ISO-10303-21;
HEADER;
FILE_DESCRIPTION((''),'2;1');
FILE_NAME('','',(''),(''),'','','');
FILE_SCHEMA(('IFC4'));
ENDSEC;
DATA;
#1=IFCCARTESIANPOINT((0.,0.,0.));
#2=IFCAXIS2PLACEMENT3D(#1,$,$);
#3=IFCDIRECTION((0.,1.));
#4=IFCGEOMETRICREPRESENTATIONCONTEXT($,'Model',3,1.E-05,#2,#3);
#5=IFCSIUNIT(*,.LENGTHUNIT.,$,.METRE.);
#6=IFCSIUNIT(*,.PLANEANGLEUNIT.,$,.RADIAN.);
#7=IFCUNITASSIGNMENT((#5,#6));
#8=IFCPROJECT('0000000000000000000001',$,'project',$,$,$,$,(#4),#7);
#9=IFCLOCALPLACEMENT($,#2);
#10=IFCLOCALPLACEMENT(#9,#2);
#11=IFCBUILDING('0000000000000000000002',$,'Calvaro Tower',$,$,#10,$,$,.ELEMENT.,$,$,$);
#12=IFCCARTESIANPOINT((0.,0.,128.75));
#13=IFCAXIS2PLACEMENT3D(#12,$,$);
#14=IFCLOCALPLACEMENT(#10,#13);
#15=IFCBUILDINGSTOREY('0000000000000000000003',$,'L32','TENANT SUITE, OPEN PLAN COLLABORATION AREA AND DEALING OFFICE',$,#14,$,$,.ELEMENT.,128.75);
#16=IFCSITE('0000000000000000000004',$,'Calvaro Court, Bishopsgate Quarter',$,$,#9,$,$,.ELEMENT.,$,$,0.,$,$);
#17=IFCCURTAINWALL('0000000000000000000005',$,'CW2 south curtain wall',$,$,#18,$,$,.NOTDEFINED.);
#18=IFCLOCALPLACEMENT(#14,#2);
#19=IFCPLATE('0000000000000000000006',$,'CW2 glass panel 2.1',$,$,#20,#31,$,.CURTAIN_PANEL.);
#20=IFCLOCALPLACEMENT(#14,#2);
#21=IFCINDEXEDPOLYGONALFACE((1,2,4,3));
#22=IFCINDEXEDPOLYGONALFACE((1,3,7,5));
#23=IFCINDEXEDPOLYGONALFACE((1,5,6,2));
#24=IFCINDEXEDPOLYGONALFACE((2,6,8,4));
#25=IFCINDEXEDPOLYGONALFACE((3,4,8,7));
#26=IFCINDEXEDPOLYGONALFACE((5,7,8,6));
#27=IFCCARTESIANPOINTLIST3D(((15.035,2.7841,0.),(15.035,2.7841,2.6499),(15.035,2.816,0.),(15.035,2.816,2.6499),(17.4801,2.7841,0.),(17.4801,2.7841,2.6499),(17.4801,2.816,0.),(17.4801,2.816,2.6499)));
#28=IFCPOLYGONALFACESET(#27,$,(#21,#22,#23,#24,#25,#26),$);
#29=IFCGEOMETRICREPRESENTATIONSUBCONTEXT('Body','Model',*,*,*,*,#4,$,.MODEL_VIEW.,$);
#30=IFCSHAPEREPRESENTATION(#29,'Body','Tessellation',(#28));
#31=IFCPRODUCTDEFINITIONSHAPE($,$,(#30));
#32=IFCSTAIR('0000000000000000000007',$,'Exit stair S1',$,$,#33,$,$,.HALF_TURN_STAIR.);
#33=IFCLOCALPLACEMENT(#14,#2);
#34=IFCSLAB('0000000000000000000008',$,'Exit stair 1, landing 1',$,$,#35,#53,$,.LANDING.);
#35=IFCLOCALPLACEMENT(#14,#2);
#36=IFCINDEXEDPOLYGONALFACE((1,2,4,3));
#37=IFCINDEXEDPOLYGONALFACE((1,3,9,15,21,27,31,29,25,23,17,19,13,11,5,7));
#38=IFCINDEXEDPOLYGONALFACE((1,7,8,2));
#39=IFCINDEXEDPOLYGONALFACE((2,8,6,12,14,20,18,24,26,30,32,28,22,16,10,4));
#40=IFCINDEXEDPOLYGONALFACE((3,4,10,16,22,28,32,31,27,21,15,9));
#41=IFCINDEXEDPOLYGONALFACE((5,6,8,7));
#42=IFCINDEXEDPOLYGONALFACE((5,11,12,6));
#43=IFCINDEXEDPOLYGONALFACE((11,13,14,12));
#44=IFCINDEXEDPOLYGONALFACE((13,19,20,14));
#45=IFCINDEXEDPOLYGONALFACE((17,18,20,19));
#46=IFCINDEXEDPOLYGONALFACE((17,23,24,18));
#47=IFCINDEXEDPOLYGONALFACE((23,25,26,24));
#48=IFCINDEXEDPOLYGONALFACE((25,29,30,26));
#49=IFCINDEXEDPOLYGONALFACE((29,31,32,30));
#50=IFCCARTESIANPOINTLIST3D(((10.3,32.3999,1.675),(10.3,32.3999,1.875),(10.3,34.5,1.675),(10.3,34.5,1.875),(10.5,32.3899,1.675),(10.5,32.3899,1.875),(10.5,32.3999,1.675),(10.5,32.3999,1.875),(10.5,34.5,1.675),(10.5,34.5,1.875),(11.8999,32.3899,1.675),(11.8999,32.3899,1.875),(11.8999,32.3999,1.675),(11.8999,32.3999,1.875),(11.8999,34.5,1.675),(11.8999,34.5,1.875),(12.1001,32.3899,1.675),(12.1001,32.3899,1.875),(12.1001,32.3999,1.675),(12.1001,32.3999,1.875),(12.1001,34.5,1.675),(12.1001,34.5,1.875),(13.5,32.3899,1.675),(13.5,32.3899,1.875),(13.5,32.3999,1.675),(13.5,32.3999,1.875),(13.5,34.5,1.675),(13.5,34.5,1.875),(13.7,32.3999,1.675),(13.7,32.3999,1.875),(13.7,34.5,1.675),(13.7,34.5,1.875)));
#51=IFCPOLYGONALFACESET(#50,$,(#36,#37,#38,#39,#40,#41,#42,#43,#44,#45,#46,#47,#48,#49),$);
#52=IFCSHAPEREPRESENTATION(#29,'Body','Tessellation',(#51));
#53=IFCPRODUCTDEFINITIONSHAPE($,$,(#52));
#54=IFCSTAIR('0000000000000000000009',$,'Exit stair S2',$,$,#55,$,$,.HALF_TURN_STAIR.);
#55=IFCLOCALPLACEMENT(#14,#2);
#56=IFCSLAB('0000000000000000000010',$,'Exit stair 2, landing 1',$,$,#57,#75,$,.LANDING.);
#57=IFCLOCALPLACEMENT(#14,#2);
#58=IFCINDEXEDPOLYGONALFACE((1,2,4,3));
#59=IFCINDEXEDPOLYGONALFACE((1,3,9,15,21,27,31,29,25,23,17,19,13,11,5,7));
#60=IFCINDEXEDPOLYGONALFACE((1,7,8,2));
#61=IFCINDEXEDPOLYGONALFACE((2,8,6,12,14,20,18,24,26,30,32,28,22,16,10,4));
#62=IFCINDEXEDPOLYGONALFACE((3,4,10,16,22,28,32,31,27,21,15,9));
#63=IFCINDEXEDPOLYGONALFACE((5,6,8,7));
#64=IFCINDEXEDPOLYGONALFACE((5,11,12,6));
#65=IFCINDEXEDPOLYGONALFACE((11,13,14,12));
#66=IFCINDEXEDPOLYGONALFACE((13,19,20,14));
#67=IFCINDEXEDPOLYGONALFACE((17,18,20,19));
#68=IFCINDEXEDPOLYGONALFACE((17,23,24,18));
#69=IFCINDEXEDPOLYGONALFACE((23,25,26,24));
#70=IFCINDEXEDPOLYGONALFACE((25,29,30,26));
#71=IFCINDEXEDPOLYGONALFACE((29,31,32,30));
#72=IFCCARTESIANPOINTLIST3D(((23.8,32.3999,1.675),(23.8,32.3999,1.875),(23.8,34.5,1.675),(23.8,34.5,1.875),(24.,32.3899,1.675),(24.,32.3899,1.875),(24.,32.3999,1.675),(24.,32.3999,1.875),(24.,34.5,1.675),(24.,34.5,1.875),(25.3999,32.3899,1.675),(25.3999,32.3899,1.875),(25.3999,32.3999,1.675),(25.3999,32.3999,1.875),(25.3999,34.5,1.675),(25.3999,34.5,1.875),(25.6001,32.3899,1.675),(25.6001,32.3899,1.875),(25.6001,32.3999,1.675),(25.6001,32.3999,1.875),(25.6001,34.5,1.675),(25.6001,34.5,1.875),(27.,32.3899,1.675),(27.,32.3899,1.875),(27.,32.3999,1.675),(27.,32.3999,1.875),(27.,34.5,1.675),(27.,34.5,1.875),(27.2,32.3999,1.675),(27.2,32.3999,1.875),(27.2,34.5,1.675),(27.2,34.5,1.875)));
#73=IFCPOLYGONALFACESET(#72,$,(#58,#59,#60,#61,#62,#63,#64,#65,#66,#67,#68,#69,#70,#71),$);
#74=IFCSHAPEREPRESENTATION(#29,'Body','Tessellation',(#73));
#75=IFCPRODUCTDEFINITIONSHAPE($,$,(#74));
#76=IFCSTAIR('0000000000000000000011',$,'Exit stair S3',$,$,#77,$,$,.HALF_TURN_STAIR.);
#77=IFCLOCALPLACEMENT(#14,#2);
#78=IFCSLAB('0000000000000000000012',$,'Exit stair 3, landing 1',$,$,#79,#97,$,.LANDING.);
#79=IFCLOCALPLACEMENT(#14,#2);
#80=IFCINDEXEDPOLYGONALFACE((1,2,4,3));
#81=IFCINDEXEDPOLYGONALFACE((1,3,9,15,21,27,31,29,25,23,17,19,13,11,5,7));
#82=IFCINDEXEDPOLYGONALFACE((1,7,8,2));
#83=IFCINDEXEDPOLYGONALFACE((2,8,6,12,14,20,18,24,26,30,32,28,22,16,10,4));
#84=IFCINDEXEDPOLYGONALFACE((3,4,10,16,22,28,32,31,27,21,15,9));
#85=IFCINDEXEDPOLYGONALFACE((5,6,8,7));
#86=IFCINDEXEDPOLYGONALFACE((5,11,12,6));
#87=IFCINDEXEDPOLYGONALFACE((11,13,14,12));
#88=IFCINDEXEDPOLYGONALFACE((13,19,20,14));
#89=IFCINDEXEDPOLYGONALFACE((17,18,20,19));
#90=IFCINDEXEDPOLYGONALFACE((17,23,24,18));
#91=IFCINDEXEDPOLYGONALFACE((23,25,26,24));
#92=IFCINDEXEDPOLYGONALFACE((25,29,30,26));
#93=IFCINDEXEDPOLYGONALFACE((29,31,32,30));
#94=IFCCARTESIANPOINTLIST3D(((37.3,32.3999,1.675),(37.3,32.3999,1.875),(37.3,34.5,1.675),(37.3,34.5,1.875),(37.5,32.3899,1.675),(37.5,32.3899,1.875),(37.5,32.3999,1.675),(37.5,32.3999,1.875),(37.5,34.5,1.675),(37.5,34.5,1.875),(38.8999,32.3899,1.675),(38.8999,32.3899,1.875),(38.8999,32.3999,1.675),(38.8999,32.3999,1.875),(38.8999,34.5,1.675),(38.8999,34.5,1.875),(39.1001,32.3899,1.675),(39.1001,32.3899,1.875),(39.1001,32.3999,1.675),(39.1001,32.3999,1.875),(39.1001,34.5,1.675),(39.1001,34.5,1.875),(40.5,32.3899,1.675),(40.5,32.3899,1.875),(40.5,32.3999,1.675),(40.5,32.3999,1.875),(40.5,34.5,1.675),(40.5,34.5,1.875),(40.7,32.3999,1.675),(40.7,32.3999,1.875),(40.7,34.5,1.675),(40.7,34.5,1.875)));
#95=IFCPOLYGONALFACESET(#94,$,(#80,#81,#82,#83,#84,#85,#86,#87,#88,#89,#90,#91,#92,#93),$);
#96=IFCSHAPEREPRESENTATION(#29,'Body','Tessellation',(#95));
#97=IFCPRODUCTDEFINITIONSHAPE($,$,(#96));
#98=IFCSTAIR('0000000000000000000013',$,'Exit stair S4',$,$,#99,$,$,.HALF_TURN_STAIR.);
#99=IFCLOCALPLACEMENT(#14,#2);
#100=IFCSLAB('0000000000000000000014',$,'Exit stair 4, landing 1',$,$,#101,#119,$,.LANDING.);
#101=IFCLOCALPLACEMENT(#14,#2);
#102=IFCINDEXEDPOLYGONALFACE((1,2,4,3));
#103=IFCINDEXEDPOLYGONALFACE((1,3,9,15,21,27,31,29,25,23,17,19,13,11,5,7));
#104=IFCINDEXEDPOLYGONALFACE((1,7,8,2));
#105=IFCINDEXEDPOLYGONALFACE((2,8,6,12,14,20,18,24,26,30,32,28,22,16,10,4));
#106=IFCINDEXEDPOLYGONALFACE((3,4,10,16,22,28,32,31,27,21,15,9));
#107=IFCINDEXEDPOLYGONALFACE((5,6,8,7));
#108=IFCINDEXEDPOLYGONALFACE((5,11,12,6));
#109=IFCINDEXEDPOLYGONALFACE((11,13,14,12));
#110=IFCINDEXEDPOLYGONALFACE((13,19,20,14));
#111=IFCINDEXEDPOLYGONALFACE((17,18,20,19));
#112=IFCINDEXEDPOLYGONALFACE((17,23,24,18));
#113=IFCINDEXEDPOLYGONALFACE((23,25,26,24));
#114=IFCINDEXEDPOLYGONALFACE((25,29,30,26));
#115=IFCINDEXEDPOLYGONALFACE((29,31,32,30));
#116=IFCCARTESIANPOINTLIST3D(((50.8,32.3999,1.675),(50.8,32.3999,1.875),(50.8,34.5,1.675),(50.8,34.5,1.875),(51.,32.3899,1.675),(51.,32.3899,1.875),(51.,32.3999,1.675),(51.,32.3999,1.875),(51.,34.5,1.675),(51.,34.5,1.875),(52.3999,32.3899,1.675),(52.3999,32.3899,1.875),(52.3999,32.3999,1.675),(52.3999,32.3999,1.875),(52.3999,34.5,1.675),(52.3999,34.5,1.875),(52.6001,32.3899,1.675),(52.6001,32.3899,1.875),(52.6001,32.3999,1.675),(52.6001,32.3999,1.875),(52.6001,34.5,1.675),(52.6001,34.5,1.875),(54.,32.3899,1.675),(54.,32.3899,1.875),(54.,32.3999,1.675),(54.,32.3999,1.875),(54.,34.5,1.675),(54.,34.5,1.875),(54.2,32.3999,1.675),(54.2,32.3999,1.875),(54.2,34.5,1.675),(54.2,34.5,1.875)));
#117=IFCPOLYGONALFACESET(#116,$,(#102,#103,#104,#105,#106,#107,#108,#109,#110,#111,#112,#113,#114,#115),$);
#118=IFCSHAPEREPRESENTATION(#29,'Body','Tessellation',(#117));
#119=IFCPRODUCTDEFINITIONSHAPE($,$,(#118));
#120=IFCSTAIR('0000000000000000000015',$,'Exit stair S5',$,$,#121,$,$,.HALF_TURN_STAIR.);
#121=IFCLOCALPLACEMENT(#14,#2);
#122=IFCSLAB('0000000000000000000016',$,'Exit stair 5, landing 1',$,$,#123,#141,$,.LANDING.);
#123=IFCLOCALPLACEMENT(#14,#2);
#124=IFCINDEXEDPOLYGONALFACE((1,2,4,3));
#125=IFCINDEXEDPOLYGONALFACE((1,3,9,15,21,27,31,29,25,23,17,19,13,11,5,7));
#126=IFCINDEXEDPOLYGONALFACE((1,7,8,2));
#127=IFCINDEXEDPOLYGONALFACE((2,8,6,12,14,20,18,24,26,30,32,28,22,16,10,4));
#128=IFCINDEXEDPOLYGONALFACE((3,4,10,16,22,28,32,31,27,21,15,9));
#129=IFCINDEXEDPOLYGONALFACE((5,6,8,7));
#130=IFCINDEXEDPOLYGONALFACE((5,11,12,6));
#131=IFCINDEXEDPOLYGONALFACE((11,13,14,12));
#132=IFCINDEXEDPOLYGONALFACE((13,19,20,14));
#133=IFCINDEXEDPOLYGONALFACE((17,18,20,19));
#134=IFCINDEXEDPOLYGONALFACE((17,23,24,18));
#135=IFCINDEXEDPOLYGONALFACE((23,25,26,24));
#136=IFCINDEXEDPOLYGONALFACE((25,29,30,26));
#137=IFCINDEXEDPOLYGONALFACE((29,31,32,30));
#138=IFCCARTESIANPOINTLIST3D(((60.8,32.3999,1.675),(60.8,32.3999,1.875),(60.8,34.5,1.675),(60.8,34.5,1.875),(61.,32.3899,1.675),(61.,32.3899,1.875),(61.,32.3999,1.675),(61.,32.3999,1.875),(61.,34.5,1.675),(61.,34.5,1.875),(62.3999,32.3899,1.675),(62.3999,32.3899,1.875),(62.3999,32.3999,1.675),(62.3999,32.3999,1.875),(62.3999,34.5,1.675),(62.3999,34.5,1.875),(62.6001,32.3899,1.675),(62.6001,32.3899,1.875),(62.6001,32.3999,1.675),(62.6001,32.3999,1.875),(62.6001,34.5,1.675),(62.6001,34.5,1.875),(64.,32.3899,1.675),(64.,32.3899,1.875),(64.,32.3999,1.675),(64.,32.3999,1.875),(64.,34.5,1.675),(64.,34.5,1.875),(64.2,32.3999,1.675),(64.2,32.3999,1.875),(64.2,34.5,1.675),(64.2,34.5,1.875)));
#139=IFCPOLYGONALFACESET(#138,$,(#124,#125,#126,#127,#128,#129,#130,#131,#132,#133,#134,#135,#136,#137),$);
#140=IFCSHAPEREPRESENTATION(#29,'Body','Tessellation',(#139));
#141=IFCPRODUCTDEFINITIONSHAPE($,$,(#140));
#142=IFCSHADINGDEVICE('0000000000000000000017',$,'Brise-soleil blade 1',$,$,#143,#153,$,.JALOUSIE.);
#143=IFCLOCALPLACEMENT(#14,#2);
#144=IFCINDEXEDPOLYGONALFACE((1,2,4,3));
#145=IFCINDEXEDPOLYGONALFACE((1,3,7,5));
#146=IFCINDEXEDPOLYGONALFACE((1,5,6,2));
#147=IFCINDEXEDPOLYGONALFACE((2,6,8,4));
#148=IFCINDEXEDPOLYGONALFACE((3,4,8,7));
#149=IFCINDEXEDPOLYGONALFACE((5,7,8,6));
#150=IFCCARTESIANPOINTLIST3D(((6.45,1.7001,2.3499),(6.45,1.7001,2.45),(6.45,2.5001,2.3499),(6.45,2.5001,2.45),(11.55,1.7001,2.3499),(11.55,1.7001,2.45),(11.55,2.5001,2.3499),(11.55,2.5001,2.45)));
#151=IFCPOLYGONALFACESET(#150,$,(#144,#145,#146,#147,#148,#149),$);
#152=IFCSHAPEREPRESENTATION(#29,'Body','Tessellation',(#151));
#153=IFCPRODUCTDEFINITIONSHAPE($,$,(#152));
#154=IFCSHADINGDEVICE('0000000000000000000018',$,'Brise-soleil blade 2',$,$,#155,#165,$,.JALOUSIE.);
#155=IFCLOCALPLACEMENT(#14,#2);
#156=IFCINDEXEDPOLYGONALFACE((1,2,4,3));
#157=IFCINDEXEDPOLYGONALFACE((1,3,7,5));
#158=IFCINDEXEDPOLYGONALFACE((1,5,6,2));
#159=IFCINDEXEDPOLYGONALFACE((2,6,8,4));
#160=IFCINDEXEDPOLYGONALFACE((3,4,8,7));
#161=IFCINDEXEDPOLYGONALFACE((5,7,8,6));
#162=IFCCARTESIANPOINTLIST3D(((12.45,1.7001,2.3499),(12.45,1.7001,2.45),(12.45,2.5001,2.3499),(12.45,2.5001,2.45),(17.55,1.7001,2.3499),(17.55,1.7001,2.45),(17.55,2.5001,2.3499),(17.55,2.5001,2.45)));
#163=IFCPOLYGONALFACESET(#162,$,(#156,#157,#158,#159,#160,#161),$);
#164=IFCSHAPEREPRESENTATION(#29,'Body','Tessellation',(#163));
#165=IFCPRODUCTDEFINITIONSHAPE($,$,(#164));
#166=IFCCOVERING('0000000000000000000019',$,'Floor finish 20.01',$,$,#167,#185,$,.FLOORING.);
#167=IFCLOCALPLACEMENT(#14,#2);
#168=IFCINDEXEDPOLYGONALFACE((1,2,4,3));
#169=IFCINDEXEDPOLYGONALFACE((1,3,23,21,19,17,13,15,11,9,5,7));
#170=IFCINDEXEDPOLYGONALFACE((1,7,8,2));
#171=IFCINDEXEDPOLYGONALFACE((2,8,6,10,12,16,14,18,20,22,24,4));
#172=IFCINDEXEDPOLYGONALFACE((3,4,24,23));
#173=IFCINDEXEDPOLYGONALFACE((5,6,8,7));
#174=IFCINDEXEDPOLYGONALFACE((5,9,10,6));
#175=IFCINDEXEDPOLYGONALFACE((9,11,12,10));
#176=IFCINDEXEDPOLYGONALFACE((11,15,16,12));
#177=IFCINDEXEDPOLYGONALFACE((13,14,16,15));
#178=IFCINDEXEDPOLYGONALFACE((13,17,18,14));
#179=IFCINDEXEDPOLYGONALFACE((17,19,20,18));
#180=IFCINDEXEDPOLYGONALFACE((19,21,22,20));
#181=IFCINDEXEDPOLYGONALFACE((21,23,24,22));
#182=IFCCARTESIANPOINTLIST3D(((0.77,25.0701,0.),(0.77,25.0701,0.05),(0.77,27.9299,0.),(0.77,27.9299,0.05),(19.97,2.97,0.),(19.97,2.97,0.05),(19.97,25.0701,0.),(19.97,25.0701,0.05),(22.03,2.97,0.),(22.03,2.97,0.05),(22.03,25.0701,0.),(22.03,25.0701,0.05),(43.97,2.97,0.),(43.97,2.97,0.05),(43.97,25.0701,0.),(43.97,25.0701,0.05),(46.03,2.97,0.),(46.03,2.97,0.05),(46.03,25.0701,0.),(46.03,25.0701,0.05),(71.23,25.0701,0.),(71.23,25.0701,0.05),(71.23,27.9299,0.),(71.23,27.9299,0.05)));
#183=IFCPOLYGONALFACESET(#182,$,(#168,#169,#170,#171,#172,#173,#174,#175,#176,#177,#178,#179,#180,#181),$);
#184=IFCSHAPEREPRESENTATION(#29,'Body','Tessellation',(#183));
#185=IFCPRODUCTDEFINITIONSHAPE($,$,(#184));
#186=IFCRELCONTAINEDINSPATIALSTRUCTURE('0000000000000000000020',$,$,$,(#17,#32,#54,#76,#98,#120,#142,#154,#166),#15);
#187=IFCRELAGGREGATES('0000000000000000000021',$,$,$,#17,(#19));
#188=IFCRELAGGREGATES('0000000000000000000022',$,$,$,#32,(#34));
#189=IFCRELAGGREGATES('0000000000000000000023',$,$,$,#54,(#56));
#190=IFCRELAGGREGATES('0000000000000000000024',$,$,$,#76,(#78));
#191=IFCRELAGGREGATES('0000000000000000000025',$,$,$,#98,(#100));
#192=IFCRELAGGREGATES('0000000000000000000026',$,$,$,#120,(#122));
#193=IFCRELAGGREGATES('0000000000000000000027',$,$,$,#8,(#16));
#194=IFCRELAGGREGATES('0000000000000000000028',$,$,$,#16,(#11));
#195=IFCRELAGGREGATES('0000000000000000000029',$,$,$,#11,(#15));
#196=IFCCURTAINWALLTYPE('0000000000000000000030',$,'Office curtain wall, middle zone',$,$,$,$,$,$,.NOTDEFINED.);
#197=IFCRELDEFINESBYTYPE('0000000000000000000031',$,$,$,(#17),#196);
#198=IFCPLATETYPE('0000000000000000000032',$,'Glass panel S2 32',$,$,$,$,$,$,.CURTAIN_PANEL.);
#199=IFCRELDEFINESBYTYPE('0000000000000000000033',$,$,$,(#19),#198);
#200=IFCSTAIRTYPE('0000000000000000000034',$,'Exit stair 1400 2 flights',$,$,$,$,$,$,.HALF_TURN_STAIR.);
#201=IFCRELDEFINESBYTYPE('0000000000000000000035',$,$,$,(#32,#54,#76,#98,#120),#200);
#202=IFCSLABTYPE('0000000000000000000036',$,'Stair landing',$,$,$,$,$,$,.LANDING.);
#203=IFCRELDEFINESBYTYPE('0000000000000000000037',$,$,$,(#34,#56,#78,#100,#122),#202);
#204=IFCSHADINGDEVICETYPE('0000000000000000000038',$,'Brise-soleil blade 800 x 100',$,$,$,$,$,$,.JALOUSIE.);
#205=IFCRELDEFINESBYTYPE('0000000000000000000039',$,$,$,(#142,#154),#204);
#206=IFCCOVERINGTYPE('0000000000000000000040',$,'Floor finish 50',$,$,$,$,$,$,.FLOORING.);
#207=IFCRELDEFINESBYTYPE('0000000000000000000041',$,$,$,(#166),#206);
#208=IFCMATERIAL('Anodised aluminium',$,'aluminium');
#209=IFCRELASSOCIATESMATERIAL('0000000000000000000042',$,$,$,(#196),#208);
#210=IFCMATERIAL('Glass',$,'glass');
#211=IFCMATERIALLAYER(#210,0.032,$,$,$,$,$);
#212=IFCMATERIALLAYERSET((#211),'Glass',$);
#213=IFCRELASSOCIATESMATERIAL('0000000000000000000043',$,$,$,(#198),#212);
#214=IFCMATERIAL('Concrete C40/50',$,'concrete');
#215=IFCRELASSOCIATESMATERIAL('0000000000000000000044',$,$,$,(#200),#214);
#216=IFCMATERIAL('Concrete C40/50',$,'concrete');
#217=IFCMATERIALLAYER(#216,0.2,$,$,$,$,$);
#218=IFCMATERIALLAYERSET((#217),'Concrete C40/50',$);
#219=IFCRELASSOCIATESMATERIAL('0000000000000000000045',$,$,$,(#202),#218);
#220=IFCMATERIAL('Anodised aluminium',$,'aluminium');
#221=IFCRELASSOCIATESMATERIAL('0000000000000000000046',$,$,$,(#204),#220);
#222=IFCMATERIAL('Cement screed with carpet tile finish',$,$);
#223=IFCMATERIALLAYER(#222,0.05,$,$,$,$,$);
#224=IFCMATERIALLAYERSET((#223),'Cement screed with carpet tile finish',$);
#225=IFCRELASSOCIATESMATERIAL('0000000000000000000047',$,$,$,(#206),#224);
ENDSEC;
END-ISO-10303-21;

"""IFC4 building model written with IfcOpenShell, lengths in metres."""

from ifc_helpers import new_model, si_unit, direction, frame, origin, origin_2d, place, context, subcontext, project, spatial, polyline, rectangle, outline, extrude, material, layer, layer_set, material_profile, profile_set, type_object, element, aggregate, save


model = new_model("IFC4")

# Units and contexts
model_context = context("Model", 3, precision=1e-05, world=origin(), true_north=direction((0.0, 1.0)))
body_context = subcontext(model_context, "Body", "Model", "MODEL_VIEW")
ifc_project = project(units=[si_unit("LENGTHUNIT", "METRE"), si_unit("PLANEANGLEUNIT", "RADIAN")], contexts=[model_context])

# Site, building, storey
site_placement = place(None, origin())
site = spatial("IfcSite", under=ifc_project, at=site_placement, Name="Calvaro Court, Bishopsgate Quarter", CompositionType="ELEMENT", RefElevation=0.0)
building_placement = place(site_placement, origin())
building = spatial("IfcBuilding", under=site, at=building_placement, Name="Calvaro Tower", CompositionType="ELEMENT")
storey_placement = place(building_placement, frame((0.0, 0.0, 128.75)))
storey = spatial("IfcBuildingStorey", under=building, at=storey_placement, Name="L32", Description="TENANT SUITE, OPEN PLAN COLLABORATION AREA AND DEALING OFFICE", CompositionType="ELEMENT", Elevation=128.75)

# Curtain wall
ifc_material_1 = material(Name="Anodised aluminium", Category="aluminium")
curtain_wall_type = type_object("IfcCurtainWallType", Name="Office curtain wall, middle zone", PredefinedType="NOTDEFINED", material=ifc_material_1)
curtain_wall_1_placement = place(storey_placement, origin())
curtain_wall_1 = element("IfcCurtainWall", 1, at=curtain_wall_1_placement, inside=storey, type_object=curtain_wall_type, Name="CW2 south curtain wall", PredefinedType="NOTDEFINED")

# Plate
ifc_material_2 = material(Name="Glass", Category="glass")
ifc_layer_1 = layer(ifc_material_2, 0.032)
ifc_layer_set_1 = layer_set([ifc_layer_1], Name="Glass")
plate_type = type_object("IfcPlateType", Name="Glass panel S2 32", PredefinedType="CURTAIN_PANEL", material=ifc_layer_set_1)
plate_1_placement = place(storey_placement, frame((16.2576, 2.8, 0.0), z_axis=(0.0, 0.0, 1.0), x_axis=(1.0, 0.0, 0.0)))
plate_1 = element("IfcPlate", 2, at=plate_1_placement, type_object=plate_type, Name="CW2 glass panel 2.1", PredefinedType="CURTAIN_PANEL", context=body_context, shape_type="SweptSolid", body=[
    extrude(rectangle(XDim=2.4451, YDim=0.032, at=origin_2d()), origin(), (0.0, 0.0, 1.0), 2.6499),
])
aggregate(curtain_wall_1, [plate_1])

# Stairs, slabs
ifc_material_3 = material(Name="Concrete C40/50", Category="concrete")
stair_type = type_object("IfcStairType", Name="Exit stair 1400 2 flights", PredefinedType="HALF_TURN_STAIR", material=ifc_material_3)
stair_1_placement = place(storey_placement, origin())
stair_1 = element("IfcStair", 3, at=stair_1_placement, inside=storey, type_object=stair_type, Name="Exit stair S1", PredefinedType="HALF_TURN_STAIR")
ifc_material_4 = material(Name="Concrete C40/50", Category="concrete")
ifc_layer_2 = layer(ifc_material_4, 0.2)
ifc_layer_set_2 = layer_set([ifc_layer_2], Name="Concrete C40/50")
slab_type_1 = type_object("IfcSlabType", Name="Stair landing", PredefinedType="LANDING", material=ifc_layer_set_2)
slab_1_placement = place(storey_placement, frame((0.0, 0.0, 1.675)))
slab_1 = element("IfcSlab", 4, at=slab_1_placement, type_object=slab_type_1, Name="Exit stair 1, landing 1", PredefinedType="LANDING", context=body_context, shape_type="SweptSolid", body=[
    extrude(outline(polyline([(11.8999, 32.3899), (10.5, 32.3899), (10.5, 32.3999), (10.3, 32.3999), (10.3, 34.5), (10.5, 34.5), (11.8999, 34.5), (12.1001, 34.5), (13.5, 34.5), (13.7, 34.5), (13.7, 32.3999), (13.5, 32.3999), (13.5, 32.3899), (12.1001, 32.3899), (12.1001, 32.3999), (11.8999, 32.3999), (11.8999, 32.3899)])), origin(), (0.0, 0.0, 1.0), 0.2),
])
aggregate(stair_1, [slab_1])
stair_2_placement = place(storey_placement, origin())
stair_2 = element("IfcStair", 5, at=stair_2_placement, inside=storey, type_object=stair_type, Name="Exit stair S2", PredefinedType="HALF_TURN_STAIR")
slab_2_placement = place(storey_placement, frame((0.0, 0.0, 1.675)))
slab_2 = element("IfcSlab", 6, at=slab_2_placement, type_object=slab_type_1, Name="Exit stair 2, landing 1", PredefinedType="LANDING", context=body_context, shape_type="SweptSolid", body=[
    extrude(outline(polyline([(25.3999, 32.3899), (24.0, 32.3899), (24.0, 32.3999), (23.8, 32.3999), (23.8, 34.5), (24.0, 34.5), (25.3999, 34.5), (25.6001, 34.5), (27.0, 34.5), (27.2, 34.5), (27.2, 32.3999), (27.0, 32.3999), (27.0, 32.3899), (25.6001, 32.3899), (25.6001, 32.3999), (25.3999, 32.3999), (25.3999, 32.3899)])), origin(), (0.0, 0.0, 1.0), 0.2),
])
aggregate(stair_2, [slab_2])
stair_3_placement = place(storey_placement, origin())
stair_3 = element("IfcStair", 7, at=stair_3_placement, inside=storey, type_object=stair_type, Name="Exit stair S3", PredefinedType="HALF_TURN_STAIR")
slab_3_placement = place(storey_placement, frame((0.0, 0.0, 1.675)))
slab_3 = element("IfcSlab", 8, at=slab_3_placement, type_object=slab_type_1, Name="Exit stair 3, landing 1", PredefinedType="LANDING", context=body_context, shape_type="SweptSolid", body=[
    extrude(outline(polyline([(38.8999, 32.3899), (37.5, 32.3899), (37.5, 32.3999), (37.3, 32.3999), (37.3, 34.5), (37.5, 34.5), (38.8999, 34.5), (39.1001, 34.5), (40.5, 34.5), (40.7, 34.5), (40.7, 32.3999), (40.5, 32.3999), (40.5, 32.3899), (39.1001, 32.3899), (39.1001, 32.3999), (38.8999, 32.3999), (38.8999, 32.3899)])), origin(), (0.0, 0.0, 1.0), 0.2),
])
aggregate(stair_3, [slab_3])
stair_4_placement = place(storey_placement, origin())
stair_4 = element("IfcStair", 9, at=stair_4_placement, inside=storey, type_object=stair_type, Name="Exit stair S4", PredefinedType="HALF_TURN_STAIR")
slab_4_placement = place(storey_placement, frame((0.0, 0.0, 1.675)))
slab_4 = element("IfcSlab", 10, at=slab_4_placement, type_object=slab_type_1, Name="Exit stair 4, landing 1", PredefinedType="LANDING", context=body_context, shape_type="SweptSolid", body=[
    extrude(outline(polyline([(52.3999, 32.3899), (51.0, 32.3899), (51.0, 32.3999), (50.8, 32.3999), (50.8, 34.5), (51.0, 34.5), (52.3999, 34.5), (52.6001, 34.5), (54.0, 34.5), (54.2, 34.5), (54.2, 32.3999), (54.0, 32.3999), (54.0, 32.3899), (52.6001, 32.3899), (52.6001, 32.3999), (52.3999, 32.3999), (52.3999, 32.3899)])), origin(), (0.0, 0.0, 1.0), 0.2),
])
aggregate(stair_4, [slab_4])
stair_5_placement = place(storey_placement, origin())
stair_5 = element("IfcStair", 11, at=stair_5_placement, inside=storey, type_object=stair_type, Name="Exit stair S5", PredefinedType="HALF_TURN_STAIR")
slab_5_placement = place(storey_placement, frame((0.0, 0.0, 1.675)))
slab_5 = element("IfcSlab", 12, at=slab_5_placement, type_object=slab_type_1, Name="Exit stair 5, landing 1", PredefinedType="LANDING", context=body_context, shape_type="SweptSolid", body=[
    extrude(outline(polyline([(62.3999, 32.3899), (61.0, 32.3899), (61.0, 32.3999), (60.8, 32.3999), (60.8, 34.5), (61.0, 34.5), (62.3999, 34.5), (62.6001, 34.5), (64.0, 34.5), (64.2, 34.5), (64.2, 32.3999), (64.0, 32.3999), (64.0, 32.3899), (62.6001, 32.3899), (62.6001, 32.3999), (62.3999, 32.3999), (62.3999, 32.3899)])), origin(), (0.0, 0.0, 1.0), 0.2),
])
aggregate(stair_5, [slab_5])

# Shading devices
ifc_material_5 = material(Name="Anodised aluminium", Category="aluminium")
ifc_material_profile_1 = material_profile(ifc_material_5, rectangle(XDim=0.8, YDim=0.1001, at=origin_2d()), Name="Brise-soleil blade 800 x 100")
ifc_profile_set_1 = profile_set([ifc_material_profile_1], Name="Anodised aluminium")
shading_device_type = type_object("IfcShadingDeviceType", Name="Brise-soleil blade 800 x 100", PredefinedType="JALOUSIE", material=ifc_profile_set_1)
for number, where, z_axis, x_axis, name in (
    (13, (6.45, 2.1001, 2.3999), (1.0, 0.0, 0.0), (0.0, 1.0, 0.0), "Brise-soleil blade 1"),
    (14, (12.45, 2.1001, 2.3999), (1.0, 0.0, 0.0), (0.0, 1.0, 0.0), "Brise-soleil blade 2"),
):
    element("IfcShadingDevice", number, at=place(storey_placement, frame(where, z_axis=z_axis, x_axis=x_axis)), inside=storey, type_object=shading_device_type, Name=name, PredefinedType="JALOUSIE", context=body_context, shape_type="SweptSolid", body=[
        extrude(rectangle(XDim=0.8, YDim=0.1001, at=origin_2d()), origin(), (0.0, 0.0, 1.0), 5.1001),
    ])

# Covering
ifc_material_6 = material(Name="Cement screed with carpet tile finish")
ifc_layer_3 = layer(ifc_material_6, 0.05)
ifc_layer_set_3 = layer_set([ifc_layer_3], Name="Cement screed with carpet tile finish")
covering_type = type_object("IfcCoveringType", Name="Floor finish 50", PredefinedType="FLOORING", material=ifc_layer_set_3)
covering_1_placement = place(storey_placement, origin())
element("IfcCovering", 15, at=covering_1_placement, inside=storey, type_object=covering_type, Name="Floor finish 20.01", PredefinedType="FLOORING", context=body_context, shape_type="SweptSolid", body=[
    extrude(outline(polyline([(19.97, 2.97), (19.97, 25.0701), (0.77, 25.0701), (0.77, 27.9299), (71.23, 27.9299), (71.23, 25.0701), (46.03, 25.0701), (46.03, 2.97), (43.97, 2.97), (43.97, 25.0701), (22.03, 25.0701), (22.03, 2.97), (19.97, 2.97)])), origin(), (0.0, 0.0, 1.0), 0.05),
])

save(model, "model.ifc")
